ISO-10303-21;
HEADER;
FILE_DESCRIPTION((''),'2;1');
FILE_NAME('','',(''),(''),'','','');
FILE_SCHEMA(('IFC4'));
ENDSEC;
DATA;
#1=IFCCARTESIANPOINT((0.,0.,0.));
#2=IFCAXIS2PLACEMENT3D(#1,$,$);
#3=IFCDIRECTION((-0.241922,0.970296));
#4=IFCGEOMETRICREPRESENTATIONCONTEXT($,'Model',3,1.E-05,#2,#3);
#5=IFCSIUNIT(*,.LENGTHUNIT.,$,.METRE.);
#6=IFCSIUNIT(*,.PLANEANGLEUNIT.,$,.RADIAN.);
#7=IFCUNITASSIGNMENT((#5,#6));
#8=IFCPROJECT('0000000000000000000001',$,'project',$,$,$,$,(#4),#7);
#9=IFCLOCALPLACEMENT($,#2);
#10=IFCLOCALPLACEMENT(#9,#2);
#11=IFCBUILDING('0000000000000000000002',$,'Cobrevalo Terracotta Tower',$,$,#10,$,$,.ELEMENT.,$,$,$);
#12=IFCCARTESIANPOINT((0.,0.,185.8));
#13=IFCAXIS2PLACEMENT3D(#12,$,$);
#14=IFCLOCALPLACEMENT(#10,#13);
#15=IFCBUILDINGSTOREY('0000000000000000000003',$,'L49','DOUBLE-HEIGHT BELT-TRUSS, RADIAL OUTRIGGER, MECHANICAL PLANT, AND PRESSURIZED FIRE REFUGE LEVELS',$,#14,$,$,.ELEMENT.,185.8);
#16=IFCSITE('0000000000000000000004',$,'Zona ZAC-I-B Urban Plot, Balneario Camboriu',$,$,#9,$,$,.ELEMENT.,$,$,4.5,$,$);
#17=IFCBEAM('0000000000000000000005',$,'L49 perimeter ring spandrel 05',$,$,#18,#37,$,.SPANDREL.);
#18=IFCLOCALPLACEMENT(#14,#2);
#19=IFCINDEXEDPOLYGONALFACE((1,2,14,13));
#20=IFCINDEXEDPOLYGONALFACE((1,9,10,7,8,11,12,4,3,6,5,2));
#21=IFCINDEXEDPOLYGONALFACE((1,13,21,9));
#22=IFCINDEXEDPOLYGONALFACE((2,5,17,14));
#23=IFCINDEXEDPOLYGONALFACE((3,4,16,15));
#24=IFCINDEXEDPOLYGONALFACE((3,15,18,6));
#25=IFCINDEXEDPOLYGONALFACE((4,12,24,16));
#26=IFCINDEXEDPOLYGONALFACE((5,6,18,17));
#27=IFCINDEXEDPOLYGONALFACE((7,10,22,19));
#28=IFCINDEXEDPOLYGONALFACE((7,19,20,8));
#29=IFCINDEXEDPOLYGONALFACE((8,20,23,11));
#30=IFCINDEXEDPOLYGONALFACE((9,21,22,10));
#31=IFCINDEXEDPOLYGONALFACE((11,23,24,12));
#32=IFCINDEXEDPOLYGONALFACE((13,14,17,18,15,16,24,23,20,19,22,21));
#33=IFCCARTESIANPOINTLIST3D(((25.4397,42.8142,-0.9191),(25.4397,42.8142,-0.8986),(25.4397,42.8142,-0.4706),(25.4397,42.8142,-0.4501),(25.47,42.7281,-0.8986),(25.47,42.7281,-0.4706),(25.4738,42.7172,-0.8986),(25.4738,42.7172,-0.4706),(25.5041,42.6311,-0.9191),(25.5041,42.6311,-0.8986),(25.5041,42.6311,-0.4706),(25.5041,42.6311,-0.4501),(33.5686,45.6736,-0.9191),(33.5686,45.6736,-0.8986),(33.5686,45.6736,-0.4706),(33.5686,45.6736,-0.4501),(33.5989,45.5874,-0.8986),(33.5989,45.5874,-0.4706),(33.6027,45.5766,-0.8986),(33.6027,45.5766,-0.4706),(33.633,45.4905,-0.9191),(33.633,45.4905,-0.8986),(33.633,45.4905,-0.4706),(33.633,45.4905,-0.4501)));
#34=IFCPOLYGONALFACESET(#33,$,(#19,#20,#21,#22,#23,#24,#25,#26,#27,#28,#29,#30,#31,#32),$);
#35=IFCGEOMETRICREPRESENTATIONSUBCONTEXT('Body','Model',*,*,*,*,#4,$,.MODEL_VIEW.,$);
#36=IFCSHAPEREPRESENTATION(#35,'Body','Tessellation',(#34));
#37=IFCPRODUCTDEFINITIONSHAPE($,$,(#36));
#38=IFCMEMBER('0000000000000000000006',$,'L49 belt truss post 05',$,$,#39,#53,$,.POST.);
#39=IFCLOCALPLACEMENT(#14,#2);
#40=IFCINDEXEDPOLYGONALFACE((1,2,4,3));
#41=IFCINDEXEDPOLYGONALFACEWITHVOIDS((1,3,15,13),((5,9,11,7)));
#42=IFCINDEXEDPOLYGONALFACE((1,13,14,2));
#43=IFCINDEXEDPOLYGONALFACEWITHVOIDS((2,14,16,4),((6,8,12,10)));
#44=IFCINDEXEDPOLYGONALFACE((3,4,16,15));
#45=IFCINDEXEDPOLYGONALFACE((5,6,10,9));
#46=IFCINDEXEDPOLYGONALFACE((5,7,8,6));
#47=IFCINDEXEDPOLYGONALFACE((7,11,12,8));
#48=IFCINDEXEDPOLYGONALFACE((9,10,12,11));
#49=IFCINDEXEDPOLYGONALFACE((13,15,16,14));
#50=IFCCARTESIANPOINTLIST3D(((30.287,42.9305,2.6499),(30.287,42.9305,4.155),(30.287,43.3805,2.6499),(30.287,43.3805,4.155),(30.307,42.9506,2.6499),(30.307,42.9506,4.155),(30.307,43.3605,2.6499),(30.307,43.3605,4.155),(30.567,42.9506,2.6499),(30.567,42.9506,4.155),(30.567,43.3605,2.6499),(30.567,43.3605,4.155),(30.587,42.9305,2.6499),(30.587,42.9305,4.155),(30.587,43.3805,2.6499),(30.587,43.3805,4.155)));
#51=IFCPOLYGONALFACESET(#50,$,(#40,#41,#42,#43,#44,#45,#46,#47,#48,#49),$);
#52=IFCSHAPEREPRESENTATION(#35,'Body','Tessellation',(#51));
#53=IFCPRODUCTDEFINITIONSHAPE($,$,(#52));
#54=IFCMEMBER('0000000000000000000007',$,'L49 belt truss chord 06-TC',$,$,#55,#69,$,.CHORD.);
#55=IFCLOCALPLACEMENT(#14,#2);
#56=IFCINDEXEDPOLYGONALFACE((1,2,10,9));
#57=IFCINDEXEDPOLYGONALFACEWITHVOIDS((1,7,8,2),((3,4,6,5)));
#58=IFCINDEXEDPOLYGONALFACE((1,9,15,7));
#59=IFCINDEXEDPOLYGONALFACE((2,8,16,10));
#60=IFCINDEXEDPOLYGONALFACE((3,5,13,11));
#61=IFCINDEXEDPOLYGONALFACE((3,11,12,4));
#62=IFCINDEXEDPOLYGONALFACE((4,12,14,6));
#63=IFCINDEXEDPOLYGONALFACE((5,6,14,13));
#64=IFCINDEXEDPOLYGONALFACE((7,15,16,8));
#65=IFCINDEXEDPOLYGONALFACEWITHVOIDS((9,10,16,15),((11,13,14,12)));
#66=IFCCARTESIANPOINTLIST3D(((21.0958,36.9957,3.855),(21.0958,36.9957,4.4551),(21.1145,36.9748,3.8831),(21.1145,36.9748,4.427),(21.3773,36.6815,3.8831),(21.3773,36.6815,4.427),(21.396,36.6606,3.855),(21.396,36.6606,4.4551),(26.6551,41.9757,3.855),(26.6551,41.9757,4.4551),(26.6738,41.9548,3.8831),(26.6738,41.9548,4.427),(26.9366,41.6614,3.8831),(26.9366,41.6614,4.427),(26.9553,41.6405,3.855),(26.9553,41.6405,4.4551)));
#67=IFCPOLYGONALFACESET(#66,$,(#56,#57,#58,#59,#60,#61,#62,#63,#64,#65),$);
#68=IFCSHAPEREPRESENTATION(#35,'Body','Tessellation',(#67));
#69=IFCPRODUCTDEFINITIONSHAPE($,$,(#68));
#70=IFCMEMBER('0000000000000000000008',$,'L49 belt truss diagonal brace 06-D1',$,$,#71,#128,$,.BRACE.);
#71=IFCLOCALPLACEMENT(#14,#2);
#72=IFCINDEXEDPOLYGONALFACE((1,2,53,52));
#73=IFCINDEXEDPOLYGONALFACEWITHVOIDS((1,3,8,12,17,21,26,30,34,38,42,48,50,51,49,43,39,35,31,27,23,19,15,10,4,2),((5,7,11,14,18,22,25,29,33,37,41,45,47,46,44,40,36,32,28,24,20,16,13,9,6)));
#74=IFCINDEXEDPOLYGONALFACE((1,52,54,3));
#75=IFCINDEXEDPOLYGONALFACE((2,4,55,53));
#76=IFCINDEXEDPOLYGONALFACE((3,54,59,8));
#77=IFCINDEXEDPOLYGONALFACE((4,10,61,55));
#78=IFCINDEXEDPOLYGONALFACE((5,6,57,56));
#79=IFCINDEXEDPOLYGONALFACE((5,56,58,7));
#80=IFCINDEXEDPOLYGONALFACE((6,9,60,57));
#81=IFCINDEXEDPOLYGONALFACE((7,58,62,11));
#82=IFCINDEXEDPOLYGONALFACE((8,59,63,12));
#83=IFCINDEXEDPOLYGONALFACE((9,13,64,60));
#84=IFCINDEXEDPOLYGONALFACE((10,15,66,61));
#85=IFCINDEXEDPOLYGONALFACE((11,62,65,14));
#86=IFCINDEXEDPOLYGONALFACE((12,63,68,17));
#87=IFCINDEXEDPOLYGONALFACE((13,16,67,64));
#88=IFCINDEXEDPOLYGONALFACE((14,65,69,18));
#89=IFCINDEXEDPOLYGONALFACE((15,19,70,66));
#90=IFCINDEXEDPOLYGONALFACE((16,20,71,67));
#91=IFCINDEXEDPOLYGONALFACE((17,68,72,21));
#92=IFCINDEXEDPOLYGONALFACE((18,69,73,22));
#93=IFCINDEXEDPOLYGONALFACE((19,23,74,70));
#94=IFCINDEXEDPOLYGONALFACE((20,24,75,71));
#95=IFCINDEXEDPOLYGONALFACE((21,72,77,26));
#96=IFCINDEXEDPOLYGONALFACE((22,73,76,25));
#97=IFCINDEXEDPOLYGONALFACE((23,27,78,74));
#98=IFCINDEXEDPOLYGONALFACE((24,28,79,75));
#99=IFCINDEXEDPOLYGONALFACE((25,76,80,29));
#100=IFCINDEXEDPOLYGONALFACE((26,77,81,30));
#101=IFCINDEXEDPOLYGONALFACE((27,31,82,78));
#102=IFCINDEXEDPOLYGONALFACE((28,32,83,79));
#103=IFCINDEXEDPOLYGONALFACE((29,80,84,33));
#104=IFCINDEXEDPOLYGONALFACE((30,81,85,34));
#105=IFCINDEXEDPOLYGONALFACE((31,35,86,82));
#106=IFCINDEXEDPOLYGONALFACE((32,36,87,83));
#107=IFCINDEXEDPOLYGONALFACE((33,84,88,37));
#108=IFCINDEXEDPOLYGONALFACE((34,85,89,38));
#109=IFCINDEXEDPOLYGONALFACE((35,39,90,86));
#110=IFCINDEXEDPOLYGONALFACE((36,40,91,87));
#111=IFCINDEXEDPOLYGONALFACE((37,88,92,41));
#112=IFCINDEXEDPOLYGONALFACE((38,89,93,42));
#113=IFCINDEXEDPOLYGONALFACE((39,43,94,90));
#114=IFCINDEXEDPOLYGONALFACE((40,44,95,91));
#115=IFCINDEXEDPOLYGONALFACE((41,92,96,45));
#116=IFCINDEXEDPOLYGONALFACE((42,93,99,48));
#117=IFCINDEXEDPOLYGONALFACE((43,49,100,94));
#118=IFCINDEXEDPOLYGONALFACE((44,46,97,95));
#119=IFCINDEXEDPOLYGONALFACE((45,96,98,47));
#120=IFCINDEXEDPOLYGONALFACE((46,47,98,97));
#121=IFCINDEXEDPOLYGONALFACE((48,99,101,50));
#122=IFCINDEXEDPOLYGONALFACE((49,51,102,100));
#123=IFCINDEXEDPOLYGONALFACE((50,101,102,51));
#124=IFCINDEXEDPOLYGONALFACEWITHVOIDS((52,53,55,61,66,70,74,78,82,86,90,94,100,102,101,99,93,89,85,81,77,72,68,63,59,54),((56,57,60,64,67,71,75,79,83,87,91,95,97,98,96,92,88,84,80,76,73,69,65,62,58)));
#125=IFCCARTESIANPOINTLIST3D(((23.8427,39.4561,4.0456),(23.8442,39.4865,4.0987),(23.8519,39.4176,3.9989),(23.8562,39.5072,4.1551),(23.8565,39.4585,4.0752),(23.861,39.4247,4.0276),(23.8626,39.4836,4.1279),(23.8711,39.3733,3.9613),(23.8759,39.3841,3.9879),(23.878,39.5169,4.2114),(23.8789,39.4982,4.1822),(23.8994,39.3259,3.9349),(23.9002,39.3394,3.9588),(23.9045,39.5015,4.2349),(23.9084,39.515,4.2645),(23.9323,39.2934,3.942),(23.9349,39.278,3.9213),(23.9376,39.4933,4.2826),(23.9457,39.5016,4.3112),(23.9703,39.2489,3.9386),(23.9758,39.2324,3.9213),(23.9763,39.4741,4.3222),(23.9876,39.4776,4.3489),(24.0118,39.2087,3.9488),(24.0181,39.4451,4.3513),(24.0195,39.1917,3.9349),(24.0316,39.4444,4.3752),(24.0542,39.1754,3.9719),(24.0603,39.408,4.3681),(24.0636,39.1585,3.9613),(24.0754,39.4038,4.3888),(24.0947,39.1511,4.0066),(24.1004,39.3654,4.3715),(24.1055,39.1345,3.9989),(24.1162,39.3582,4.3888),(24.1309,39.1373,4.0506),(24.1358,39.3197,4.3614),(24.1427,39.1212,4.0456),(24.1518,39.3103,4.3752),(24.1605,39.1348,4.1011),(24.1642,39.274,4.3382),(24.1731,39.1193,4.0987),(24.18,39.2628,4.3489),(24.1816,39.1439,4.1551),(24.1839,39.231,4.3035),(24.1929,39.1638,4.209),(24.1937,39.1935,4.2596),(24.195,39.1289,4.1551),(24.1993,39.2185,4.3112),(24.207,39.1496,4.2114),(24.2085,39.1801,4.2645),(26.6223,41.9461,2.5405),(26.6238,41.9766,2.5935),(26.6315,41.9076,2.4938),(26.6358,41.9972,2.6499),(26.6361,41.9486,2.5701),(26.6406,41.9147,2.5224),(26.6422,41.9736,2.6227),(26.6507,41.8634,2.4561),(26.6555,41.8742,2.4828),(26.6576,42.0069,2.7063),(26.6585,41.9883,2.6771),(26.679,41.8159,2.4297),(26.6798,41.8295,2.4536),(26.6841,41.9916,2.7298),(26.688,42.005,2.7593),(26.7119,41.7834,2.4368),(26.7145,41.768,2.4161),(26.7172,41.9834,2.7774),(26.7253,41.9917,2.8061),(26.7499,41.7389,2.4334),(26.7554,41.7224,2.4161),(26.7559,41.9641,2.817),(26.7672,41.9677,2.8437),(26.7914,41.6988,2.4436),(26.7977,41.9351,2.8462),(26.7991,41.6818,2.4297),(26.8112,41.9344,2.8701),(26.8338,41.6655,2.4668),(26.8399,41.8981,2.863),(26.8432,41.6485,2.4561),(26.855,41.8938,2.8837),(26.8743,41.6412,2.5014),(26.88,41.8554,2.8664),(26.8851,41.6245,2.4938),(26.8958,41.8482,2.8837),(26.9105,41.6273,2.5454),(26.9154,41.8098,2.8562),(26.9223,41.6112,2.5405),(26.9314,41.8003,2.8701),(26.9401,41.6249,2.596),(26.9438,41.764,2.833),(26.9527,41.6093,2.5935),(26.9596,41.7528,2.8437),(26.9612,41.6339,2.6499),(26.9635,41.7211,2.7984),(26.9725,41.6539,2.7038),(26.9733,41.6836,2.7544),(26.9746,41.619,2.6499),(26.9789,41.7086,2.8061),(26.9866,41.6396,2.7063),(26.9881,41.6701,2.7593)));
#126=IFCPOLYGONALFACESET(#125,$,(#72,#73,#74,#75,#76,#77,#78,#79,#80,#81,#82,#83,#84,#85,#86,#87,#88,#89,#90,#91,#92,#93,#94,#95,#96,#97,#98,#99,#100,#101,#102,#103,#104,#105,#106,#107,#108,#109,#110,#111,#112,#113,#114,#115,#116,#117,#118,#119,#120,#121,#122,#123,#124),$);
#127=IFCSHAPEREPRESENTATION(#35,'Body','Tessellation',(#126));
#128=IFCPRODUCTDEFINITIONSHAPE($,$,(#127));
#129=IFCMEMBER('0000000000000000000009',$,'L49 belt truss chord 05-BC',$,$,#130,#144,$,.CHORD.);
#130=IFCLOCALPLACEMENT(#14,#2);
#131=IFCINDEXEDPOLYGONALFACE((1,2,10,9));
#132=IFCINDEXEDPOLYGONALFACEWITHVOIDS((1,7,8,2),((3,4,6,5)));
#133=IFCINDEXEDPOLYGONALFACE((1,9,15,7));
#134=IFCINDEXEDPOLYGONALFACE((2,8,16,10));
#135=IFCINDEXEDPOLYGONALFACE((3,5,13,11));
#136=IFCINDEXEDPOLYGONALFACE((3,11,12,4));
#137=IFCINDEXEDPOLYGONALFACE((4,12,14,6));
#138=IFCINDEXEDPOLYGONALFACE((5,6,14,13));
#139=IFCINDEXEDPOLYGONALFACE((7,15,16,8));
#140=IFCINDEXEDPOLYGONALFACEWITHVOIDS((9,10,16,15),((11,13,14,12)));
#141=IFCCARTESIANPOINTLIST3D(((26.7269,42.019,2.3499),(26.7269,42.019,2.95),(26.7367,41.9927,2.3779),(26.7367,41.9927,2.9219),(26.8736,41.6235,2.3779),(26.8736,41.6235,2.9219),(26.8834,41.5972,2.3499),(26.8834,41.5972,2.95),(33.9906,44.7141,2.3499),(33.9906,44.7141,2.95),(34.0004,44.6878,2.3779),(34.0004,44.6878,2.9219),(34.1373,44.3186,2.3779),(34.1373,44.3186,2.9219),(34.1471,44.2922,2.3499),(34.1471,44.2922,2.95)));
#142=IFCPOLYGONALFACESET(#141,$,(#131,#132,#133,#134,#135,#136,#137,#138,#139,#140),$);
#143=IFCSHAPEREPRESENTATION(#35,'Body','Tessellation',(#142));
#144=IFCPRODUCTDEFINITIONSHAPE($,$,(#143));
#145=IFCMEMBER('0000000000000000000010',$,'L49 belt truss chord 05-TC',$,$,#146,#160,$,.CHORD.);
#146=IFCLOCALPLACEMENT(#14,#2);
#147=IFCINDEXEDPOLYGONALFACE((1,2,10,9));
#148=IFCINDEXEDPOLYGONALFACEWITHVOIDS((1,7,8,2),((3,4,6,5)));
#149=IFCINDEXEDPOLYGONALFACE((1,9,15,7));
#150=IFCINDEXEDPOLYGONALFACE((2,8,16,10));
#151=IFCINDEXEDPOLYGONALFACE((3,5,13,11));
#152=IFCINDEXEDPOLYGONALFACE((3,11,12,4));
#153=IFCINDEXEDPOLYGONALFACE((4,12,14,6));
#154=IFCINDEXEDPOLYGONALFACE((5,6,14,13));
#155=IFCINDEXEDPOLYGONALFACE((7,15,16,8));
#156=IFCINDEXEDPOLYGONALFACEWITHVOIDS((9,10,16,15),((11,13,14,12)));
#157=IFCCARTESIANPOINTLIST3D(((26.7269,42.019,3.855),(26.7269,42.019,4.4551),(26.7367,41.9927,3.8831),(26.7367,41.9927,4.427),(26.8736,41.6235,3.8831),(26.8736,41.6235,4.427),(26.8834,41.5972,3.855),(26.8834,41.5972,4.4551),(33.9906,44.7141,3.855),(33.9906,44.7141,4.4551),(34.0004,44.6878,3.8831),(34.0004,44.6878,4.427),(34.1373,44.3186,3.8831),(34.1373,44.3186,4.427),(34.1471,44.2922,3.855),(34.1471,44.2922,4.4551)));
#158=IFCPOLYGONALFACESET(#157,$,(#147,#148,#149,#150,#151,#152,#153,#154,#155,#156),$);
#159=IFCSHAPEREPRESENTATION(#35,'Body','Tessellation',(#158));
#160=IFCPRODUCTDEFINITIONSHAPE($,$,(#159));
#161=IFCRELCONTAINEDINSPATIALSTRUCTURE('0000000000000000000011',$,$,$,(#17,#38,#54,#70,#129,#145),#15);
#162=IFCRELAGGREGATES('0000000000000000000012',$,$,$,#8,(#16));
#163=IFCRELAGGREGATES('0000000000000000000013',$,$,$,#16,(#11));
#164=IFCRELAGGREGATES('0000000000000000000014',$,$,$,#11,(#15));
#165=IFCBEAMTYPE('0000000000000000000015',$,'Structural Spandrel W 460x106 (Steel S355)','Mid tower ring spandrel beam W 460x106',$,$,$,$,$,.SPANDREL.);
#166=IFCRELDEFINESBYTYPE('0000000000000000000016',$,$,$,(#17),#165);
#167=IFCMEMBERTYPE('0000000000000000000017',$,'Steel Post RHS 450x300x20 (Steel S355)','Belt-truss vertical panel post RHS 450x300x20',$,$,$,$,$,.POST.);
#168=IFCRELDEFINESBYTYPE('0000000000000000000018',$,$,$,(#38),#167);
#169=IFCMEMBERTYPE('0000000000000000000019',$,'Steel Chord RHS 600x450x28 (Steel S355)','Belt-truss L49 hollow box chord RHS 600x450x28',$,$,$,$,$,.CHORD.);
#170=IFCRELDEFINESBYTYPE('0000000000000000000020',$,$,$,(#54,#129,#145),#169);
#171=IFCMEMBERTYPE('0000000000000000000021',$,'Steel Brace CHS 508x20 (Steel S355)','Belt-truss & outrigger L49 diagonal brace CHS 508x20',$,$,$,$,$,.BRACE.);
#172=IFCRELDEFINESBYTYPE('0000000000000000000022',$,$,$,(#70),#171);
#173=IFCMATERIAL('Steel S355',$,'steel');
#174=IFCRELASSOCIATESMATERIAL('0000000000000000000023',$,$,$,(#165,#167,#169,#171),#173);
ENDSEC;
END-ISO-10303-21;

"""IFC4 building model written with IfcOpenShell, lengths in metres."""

from ifc_helpers import new_model, si_unit, direction, frame, origin, origin_2d, place, context, subcontext, project, spatial, hollow_rectangle, hollow_circle, i_section, extrude, source, transform, mapped, material, material_profile, profile_set, type_object, element, save


model = new_model("IFC4")

# Units and contexts
model_context = context("Model", 3, precision=1e-05, world=origin(), true_north=direction((-0.241922, 0.970296)))
body_context = subcontext(model_context, "Body", "Model", "MODEL_VIEW")
ifc_project = project(units=[si_unit("LENGTHUNIT", "METRE"), si_unit("PLANEANGLEUNIT", "RADIAN")], contexts=[model_context])

# Site, building, storey
site_placement = place(None, origin())
site = spatial("IfcSite", under=ifc_project, at=site_placement, Name="Zona ZAC-I-B Urban Plot, Balneario Camboriu", CompositionType="ELEMENT", RefElevation=4.5)
building_placement = place(site_placement, origin())
building = spatial("IfcBuilding", under=site, at=building_placement, Name="Cobrevalo Terracotta Tower", CompositionType="ELEMENT")
storey_placement = place(building_placement, frame((0.0, 0.0, 185.8)))
storey = spatial("IfcBuildingStorey", under=building, at=storey_placement, Name="L49", Description="DOUBLE-HEIGHT BELT-TRUSS, RADIAL OUTRIGGER, MECHANICAL PLANT, AND PRESSURIZED FIRE REFUGE LEVELS", CompositionType="ELEMENT", Elevation=185.8)

# Shared definitions
ifc_material_1 = material(Name="Steel S355", Category="steel")

# Beam
ifc_material_profile_1 = material_profile(ifc_material_1, i_section(OverallWidth=0.1941, OverallDepth=0.469, WebThickness=0.0115, FlangeThickness=0.0205, at=origin_2d()), Name="W 460x106")
ifc_profile_set_1 = profile_set([ifc_material_profile_1], Name="Steel S355")
beam_type_1 = type_object("IfcBeamType", Name="Structural Spandrel W 460x106 (Steel S355)", Description="Mid tower ring spandrel beam W 460x106", PredefinedType="SPANDREL", material=ifc_profile_set_1)
beam_1_placement = place(storey_placement, frame((33.6008, 45.582, -0.6846), z_axis=(-0.943341, -0.331824, 0.0), x_axis=(0.331824, -0.943341, 0.0)))
element("IfcBeam", 1, at=beam_1_placement, inside=storey, type_object=beam_type_1, Name="L49 perimeter ring spandrel 05", PredefinedType="SPANDREL", context=body_context, shape_type="SweptSolid", body=[
    extrude(i_section(OverallWidth=0.1941, OverallDepth=0.469, WebThickness=0.0115, FlangeThickness=0.0205, at=origin_2d()), origin(), (0.0, 0.0, 1.0), 8.6172),
])

# Members
ifc_material_profile_2 = material_profile(ifc_material_1, hollow_rectangle(XDim=0.3, YDim=0.45, WallThickness=0.02, at=origin_2d()), Name="RHS 450x300x20")
ifc_profile_set_2 = profile_set([ifc_material_profile_2], Name="Steel S355")
member_type_1 = type_object("IfcMemberType", Name="Steel Post RHS 450x300x20 (Steel S355)", Description="Belt-truss vertical panel post RHS 450x300x20", PredefinedType="POST", material=ifc_profile_set_2)
shared_shape_1 = source(origin(), body_context, "Body", "SweptSolid", [
    extrude(hollow_rectangle(XDim=0.3, YDim=0.45, WallThickness=0.02, at=origin_2d()), origin(), (0.0, 0.0, 1.0), 1.5051),
])
member_1_placement = place(storey_placement, frame((30.437, 43.1555, 2.6499), z_axis=(0.0, 0.0, 1.0), x_axis=(1.0, 0.0, 0.0)))
element("IfcMember", 2, at=member_1_placement, inside=storey, type_object=member_type_1, Name="L49 belt truss post 05", PredefinedType="POST", context=body_context, shape_type="MappedRepresentation", body=[
    mapped(shared_shape_1, transform((0.0, 0.0, 0.0), scale=1.0)),
])
ifc_material_profile_3 = material_profile(ifc_material_1, hollow_rectangle(XDim=0.45, YDim=0.6001, WallThickness=0.0281, at=origin_2d()), Name="RHS 600x450x28")
ifc_profile_set_3 = profile_set([ifc_material_profile_3], Name="Steel S355")
member_type_2 = type_object("IfcMemberType", Name="Steel Chord RHS 600x450x28 (Steel S355)", Description="Belt-truss L49 hollow box chord RHS 600x450x28", PredefinedType="CHORD", material=ifc_profile_set_3)
shared_shape_2 = source(origin(), body_context, "Body", "SweptSolid", [
    extrude(hollow_rectangle(XDim=0.45, YDim=0.6001, WallThickness=0.0281, at=origin_2d()), origin(), (0.0, 0.0, 1.0), 7.4636),
])
member_2_placement = place(storey_placement, frame((26.8052, 41.8081, 4.155), z_axis=(-0.744852, -0.66723, 0.0), x_axis=(0.66723, -0.744852, 0.0)))
element("IfcMember", 3, at=member_2_placement, inside=storey, type_object=member_type_2, Name="L49 belt truss chord 06-TC", PredefinedType="CHORD", context=body_context, shape_type="MappedRepresentation", body=[
    mapped(shared_shape_2, transform((0.0, 0.0, 0.0), scale=1.0)),
])
ifc_material_profile_4 = material_profile(ifc_material_1, hollow_circle(Radius=0.2539, WallThickness=0.02, at=origin_2d()), Name="CHS 508x20")
ifc_profile_set_4 = profile_set([ifc_material_profile_4], Name="Steel S355")
member_type_3 = type_object("IfcMemberType", Name="Steel Brace CHS 508x20 (Steel S355)", Description="Belt-truss & outrigger L49 diagonal brace CHS 508x20", PredefinedType="BRACE", material=ifc_profile_set_4)
shared_shape_3 = source(origin(), body_context, "Body", "SweptSolid", [
    extrude(hollow_circle(Radius=0.2539, WallThickness=0.02, at=origin_2d()), origin(), (0.0, 0.0, 1.0), 4.0239),
])
member_3_placement = place(storey_placement, frame((26.8052, 41.8081, 2.6499), z_axis=(-0.690768, -0.618809, 0.374052), x_axis=(0.667246, -0.744837, 0.0)))
element("IfcMember", 4, at=member_3_placement, inside=storey, type_object=member_type_3, Name="L49 belt truss diagonal brace 06-D1", PredefinedType="BRACE", context=body_context, shape_type="MappedRepresentation", body=[
    mapped(shared_shape_3, transform((0.0, 0.0, 0.0), scale=1.0)),
])
shared_shape_4 = source(origin(), body_context, "Body", "SweptSolid", [
    extrude(hollow_rectangle(XDim=0.45, YDim=0.6001, WallThickness=0.0281, at=origin_2d()), origin(), (0.0, 0.0, 1.0), 7.7476),
])
for number, where, z_axis, x_axis, name in (
    (5, (34.0688, 44.5032, 2.6499), (-0.937546, -0.347861, 0.0), (0.347861, -0.937546, 0.0), "L49 belt truss chord 05-BC"),
    (6, (34.0688, 44.5032, 4.155), (-0.937546, -0.347861, 0.0), (0.347861, -0.937546, 0.0), "L49 belt truss chord 05-TC"),
):
    element("IfcMember", number, at=place(storey_placement, frame(where, z_axis=z_axis, x_axis=x_axis)), inside=storey, type_object=member_type_2, Name=name, PredefinedType="CHORD", context=body_context, shape_type="MappedRepresentation", body=[
        mapped(shared_shape_4, transform((0.0, 0.0, 0.0), scale=1.0)),
    ])

save(model, "model.ifc")
